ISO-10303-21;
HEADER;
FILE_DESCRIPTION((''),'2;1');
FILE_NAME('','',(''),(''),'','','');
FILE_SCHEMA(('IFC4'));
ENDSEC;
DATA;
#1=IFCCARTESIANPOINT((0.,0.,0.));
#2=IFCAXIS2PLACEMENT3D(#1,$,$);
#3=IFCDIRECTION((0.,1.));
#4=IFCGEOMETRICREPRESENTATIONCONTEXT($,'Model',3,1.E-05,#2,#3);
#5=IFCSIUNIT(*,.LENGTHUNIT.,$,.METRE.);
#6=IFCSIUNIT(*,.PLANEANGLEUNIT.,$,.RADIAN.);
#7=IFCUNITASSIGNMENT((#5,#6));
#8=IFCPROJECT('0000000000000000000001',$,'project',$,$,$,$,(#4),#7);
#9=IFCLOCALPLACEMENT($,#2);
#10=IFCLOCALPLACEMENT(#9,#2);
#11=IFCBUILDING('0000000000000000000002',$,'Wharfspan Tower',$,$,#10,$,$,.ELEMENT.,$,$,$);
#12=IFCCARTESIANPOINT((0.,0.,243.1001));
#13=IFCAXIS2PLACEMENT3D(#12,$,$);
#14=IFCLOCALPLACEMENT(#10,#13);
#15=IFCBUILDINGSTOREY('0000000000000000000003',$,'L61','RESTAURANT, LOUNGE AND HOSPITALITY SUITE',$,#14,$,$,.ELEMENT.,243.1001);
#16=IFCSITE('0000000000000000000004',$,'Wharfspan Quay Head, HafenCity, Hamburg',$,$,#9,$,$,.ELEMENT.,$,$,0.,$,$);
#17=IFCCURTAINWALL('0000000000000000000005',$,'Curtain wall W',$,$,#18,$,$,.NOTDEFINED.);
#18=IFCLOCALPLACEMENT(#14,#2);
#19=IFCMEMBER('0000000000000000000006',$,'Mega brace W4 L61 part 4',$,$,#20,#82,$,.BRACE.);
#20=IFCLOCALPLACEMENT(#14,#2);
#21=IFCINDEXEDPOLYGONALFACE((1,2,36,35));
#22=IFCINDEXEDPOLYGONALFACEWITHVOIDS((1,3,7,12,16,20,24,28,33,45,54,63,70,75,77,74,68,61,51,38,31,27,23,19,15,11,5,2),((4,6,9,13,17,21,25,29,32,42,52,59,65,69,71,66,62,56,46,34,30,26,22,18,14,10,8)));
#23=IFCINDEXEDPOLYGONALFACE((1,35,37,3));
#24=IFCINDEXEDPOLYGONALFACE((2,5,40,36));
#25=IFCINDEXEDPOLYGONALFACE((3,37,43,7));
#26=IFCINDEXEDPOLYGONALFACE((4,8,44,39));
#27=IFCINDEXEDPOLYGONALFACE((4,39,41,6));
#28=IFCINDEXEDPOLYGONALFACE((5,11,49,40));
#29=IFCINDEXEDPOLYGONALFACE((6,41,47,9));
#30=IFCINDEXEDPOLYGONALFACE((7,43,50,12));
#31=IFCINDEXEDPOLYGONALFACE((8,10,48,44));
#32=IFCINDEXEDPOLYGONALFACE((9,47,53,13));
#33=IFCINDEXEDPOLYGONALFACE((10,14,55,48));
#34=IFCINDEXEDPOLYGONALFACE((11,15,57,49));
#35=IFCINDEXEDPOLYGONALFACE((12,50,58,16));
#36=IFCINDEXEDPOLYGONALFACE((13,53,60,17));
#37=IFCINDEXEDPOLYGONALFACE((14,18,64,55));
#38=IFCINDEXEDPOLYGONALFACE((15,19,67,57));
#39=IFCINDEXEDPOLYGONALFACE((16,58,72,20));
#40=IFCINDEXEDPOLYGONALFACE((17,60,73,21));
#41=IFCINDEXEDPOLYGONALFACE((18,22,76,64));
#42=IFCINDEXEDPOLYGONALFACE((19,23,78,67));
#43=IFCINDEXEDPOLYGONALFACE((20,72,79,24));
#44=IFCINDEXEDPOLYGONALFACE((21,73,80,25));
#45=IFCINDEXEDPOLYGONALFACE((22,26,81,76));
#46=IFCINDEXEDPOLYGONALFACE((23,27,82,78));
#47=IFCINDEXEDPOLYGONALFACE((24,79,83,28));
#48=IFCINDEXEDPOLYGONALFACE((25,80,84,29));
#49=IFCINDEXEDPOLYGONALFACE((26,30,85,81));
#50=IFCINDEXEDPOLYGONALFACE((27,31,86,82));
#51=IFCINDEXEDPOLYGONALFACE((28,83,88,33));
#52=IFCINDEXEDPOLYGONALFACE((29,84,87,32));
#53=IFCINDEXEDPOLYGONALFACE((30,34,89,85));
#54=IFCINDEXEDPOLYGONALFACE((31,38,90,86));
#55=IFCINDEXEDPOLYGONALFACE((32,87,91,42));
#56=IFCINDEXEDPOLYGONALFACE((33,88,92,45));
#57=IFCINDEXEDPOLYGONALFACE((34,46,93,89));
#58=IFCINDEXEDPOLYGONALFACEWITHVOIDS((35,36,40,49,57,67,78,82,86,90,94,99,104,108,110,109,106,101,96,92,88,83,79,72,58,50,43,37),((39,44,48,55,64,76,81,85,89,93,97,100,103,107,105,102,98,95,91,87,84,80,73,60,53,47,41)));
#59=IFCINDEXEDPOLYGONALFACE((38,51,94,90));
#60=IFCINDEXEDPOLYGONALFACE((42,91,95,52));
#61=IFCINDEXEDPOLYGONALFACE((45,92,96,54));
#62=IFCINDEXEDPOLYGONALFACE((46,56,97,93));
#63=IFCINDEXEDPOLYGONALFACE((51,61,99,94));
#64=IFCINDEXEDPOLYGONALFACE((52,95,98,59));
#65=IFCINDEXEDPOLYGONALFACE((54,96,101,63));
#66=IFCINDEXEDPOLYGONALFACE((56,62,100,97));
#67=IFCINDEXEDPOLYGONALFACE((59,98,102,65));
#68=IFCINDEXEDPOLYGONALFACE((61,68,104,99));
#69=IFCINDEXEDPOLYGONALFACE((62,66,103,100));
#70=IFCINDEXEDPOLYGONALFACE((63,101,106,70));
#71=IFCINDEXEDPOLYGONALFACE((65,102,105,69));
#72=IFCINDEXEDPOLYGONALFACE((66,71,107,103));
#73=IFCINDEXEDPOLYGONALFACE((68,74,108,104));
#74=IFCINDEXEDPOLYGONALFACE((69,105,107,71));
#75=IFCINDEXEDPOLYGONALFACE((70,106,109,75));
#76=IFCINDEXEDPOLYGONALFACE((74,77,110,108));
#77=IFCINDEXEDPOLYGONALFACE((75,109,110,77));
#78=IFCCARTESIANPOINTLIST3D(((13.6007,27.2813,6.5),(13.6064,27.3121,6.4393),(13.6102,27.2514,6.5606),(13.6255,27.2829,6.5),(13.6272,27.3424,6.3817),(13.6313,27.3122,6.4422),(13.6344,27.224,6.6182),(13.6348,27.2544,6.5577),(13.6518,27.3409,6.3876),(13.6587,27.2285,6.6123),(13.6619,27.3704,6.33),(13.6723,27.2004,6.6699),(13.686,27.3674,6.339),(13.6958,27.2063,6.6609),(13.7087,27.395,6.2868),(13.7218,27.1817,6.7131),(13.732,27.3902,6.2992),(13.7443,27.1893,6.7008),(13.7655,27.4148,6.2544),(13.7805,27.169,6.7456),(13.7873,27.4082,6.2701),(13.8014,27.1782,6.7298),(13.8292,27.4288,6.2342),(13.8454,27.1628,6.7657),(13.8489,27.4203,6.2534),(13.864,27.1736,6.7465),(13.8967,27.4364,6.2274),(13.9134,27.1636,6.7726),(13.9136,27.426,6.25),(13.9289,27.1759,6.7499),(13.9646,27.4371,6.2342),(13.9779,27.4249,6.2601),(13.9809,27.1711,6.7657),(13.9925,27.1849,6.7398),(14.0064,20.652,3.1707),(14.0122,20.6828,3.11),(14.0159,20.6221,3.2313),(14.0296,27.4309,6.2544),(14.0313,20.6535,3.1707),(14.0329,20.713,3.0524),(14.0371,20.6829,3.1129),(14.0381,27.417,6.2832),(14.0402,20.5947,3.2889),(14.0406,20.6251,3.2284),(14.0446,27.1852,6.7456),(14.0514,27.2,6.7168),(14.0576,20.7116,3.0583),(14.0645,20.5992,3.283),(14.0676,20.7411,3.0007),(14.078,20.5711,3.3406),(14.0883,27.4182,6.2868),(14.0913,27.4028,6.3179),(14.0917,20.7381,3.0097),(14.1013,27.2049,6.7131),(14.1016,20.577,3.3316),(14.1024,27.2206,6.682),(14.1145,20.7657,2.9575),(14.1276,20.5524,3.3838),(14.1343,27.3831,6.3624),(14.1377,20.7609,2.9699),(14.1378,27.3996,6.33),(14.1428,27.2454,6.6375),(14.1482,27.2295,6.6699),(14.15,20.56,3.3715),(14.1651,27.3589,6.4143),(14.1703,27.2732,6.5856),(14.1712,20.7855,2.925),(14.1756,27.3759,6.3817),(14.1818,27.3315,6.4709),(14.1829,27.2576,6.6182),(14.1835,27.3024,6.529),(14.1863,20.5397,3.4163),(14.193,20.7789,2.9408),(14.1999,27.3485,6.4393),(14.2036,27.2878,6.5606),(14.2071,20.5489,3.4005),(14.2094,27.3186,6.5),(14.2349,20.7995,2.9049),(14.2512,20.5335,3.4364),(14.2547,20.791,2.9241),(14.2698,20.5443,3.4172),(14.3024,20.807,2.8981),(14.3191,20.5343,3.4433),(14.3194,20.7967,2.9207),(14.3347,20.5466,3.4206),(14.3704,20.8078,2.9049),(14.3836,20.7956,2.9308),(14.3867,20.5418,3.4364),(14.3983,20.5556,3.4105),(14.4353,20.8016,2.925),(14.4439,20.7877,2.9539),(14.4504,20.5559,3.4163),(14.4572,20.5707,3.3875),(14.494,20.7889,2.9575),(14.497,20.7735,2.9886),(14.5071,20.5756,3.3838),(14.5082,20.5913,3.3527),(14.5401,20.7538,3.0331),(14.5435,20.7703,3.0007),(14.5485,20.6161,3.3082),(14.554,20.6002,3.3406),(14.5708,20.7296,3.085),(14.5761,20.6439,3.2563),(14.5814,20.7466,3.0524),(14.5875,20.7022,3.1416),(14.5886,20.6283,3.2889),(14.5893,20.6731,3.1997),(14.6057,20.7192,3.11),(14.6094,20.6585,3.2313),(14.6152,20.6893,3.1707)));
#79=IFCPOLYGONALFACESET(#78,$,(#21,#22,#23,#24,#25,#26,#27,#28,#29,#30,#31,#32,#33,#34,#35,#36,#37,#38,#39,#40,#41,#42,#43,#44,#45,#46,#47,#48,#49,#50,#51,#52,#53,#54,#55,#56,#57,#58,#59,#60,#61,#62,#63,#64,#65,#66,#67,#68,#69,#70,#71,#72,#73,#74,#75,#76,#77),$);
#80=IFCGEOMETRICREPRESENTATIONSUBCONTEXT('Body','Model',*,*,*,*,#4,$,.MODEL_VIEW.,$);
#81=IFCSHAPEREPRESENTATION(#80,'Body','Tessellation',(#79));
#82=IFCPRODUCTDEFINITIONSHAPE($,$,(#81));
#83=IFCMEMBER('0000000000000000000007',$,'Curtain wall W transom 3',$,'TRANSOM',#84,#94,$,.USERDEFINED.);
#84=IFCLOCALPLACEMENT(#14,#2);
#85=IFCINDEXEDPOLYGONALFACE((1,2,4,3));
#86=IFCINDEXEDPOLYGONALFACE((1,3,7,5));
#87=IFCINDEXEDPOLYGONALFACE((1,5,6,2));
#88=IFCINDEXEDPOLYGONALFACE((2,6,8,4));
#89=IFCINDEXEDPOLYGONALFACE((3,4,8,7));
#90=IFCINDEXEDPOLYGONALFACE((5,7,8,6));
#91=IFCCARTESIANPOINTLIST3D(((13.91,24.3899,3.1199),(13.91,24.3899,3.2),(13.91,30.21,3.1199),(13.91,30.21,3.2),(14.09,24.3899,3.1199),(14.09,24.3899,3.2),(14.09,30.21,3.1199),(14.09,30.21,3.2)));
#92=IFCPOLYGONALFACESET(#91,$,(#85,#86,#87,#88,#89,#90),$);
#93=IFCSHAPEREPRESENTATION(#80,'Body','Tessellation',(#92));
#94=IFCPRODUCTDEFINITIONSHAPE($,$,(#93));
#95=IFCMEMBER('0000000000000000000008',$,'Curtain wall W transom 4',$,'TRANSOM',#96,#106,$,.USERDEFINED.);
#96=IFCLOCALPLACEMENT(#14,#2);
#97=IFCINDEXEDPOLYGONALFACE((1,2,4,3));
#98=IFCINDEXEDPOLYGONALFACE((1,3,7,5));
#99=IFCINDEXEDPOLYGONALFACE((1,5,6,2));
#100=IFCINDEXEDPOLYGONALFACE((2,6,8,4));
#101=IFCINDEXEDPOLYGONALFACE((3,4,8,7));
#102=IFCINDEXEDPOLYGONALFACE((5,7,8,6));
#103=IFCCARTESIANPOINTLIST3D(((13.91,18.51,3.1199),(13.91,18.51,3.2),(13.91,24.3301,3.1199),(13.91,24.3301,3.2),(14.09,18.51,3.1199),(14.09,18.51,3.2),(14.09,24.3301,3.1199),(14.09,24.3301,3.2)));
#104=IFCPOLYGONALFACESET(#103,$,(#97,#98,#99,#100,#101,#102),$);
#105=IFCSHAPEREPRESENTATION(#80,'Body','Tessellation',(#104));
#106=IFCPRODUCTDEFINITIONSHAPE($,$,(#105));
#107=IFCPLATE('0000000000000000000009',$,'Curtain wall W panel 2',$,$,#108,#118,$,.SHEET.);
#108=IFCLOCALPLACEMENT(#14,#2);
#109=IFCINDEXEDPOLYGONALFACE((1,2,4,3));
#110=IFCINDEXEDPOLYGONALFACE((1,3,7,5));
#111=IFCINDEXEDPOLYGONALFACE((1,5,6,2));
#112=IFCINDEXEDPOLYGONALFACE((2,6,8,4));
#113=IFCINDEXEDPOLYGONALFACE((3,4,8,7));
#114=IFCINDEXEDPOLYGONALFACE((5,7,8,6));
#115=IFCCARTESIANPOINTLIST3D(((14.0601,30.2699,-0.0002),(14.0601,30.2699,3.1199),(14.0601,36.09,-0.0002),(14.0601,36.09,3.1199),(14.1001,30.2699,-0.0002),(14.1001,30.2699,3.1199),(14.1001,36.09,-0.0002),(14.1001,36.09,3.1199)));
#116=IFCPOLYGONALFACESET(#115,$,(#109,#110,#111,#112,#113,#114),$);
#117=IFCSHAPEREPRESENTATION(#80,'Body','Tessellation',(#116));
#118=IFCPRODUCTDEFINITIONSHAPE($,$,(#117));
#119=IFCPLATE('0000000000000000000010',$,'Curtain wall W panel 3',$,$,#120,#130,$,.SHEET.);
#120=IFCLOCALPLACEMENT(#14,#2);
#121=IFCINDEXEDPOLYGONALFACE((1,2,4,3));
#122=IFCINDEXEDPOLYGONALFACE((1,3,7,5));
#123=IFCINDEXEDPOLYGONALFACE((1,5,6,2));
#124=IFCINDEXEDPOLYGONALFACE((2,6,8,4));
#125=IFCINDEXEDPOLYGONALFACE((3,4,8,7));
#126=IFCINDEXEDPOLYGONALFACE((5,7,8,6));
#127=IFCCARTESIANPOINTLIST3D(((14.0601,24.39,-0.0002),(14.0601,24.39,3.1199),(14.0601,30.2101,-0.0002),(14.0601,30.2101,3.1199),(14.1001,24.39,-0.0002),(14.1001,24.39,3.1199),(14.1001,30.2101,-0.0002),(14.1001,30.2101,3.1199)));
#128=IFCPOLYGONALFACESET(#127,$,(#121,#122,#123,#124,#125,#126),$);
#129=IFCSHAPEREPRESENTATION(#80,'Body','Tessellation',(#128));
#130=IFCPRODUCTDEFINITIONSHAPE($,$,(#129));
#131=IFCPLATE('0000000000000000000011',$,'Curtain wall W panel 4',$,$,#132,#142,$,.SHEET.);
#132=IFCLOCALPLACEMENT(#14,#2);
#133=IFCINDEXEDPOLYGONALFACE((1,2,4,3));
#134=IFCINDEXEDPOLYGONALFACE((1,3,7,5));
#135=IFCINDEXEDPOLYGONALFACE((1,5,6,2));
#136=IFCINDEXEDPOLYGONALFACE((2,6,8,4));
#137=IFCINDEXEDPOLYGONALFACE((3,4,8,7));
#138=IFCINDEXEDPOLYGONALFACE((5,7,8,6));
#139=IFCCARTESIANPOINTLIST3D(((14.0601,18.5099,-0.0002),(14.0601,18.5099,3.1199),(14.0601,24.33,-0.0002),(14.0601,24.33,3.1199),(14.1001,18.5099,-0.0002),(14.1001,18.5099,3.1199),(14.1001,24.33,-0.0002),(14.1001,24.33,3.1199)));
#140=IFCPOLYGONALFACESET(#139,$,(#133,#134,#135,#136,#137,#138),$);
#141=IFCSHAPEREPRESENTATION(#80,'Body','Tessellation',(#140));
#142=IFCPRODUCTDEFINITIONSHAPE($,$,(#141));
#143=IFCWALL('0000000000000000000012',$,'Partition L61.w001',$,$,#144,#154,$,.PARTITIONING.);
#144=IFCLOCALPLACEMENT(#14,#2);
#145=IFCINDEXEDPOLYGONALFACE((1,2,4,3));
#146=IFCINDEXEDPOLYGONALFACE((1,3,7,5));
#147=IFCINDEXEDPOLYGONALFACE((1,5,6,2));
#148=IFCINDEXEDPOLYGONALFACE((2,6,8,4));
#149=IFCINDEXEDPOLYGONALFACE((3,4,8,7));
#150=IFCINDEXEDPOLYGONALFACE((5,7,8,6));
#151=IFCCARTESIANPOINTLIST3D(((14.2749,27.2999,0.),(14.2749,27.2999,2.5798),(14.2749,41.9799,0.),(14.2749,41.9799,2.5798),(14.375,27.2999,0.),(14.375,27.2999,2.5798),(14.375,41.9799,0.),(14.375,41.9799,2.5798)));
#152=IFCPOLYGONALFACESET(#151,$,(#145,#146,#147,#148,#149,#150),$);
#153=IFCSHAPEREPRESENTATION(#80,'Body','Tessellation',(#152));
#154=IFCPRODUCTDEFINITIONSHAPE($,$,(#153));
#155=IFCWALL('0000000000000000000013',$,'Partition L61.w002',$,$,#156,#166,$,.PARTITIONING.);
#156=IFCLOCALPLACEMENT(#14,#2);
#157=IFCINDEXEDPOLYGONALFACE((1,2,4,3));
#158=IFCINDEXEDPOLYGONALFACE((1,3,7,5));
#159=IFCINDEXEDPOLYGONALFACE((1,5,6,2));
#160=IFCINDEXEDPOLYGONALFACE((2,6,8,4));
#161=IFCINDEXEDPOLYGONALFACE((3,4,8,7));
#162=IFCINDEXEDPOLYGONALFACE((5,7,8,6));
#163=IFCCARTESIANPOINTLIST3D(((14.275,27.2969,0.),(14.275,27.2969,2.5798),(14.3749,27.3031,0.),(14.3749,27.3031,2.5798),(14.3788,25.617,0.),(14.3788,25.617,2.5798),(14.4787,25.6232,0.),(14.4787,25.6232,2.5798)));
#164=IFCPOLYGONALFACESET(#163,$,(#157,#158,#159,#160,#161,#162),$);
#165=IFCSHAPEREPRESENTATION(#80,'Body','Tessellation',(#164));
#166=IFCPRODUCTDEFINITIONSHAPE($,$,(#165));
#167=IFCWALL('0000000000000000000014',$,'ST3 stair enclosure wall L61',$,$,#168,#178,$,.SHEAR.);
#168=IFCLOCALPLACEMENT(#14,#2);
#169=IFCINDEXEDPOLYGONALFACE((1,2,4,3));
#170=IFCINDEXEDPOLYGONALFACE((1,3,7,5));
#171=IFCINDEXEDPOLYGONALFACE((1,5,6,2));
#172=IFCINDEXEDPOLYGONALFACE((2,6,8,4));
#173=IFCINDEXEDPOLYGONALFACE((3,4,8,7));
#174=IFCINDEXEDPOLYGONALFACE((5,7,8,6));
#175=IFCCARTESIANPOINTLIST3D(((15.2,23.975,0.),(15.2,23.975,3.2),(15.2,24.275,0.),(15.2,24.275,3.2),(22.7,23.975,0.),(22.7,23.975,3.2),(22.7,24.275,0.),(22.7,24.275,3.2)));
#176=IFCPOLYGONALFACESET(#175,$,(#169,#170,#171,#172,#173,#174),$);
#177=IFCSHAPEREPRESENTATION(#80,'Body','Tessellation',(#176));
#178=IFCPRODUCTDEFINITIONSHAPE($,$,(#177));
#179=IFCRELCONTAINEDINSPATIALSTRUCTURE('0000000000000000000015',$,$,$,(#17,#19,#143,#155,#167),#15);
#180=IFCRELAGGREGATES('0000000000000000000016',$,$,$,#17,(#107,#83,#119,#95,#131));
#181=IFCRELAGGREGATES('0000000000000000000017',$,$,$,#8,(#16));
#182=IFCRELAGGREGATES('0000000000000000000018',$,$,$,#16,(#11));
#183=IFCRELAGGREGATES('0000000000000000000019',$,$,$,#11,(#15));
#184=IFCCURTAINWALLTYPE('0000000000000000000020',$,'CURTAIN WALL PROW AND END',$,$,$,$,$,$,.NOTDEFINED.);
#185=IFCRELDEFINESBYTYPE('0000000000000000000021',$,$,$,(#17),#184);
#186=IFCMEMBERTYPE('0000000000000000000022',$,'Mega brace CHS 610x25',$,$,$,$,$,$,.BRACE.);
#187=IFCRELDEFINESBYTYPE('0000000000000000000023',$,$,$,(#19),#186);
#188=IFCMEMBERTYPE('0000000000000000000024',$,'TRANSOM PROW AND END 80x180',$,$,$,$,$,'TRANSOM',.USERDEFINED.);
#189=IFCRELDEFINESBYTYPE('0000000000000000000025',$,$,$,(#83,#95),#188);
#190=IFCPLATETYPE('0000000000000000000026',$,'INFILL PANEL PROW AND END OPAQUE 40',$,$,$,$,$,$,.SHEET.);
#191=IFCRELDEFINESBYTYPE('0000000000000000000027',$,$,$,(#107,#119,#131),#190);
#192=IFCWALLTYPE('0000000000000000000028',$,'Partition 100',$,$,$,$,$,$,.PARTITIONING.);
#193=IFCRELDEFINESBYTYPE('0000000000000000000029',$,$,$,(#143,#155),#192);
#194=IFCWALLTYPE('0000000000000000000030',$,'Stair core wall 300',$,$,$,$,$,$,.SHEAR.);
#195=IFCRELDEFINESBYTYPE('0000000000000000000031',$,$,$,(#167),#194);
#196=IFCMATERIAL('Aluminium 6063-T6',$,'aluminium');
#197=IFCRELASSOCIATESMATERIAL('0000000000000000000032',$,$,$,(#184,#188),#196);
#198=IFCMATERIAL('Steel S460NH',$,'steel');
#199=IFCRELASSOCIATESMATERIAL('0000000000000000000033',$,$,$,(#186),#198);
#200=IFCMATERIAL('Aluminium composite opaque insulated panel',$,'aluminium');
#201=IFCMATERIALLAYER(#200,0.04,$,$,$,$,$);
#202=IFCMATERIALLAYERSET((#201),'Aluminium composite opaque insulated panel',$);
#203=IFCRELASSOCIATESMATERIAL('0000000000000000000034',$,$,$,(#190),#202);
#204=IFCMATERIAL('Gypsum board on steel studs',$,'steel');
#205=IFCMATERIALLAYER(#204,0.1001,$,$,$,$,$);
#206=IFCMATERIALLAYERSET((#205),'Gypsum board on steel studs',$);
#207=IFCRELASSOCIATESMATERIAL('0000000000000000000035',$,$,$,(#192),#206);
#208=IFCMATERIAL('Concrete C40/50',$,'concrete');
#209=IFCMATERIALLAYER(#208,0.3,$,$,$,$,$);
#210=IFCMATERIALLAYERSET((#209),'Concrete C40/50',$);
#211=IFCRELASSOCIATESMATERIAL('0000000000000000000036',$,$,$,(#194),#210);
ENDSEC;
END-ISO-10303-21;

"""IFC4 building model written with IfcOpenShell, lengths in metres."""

from ifc_helpers import new_model, si_unit, direction, frame, frame_2d, origin, origin_2d, place, context, subcontext, project, spatial, rectangle, hollow_circle, extrude, material, layer, layer_set, material_profile, profile_set, type_object, element, aggregate, save


model = new_model("IFC4")

# Units and contexts
model_context = context("Model", 3, precision=1e-05, world=origin(), true_north=direction((0.0, 1.0)))
body_context = subcontext(model_context, "Body", "Model", "MODEL_VIEW")
ifc_project = project(units=[si_unit("LENGTHUNIT", "METRE"), si_unit("PLANEANGLEUNIT", "RADIAN")], contexts=[model_context])

# Site, building, storey
site_placement = place(None, origin())
site = spatial("IfcSite", under=ifc_project, at=site_placement, Name="Wharfspan Quay Head, HafenCity, Hamburg", CompositionType="ELEMENT", RefElevation=0.0)
building_placement = place(site_placement, origin())
building = spatial("IfcBuilding", under=site, at=building_placement, Name="Wharfspan Tower", CompositionType="ELEMENT")
storey_placement = place(building_placement, frame((0.0, 0.0, 243.1001)))
storey = spatial("IfcBuildingStorey", under=building, at=storey_placement, Name="L61", Description="RESTAURANT, LOUNGE AND HOSPITALITY SUITE", CompositionType="ELEMENT", Elevation=243.1001)

# Curtain wall
ifc_material_1 = material(Name="Aluminium 6063-T6", Category="aluminium")
curtain_wall_type = type_object("IfcCurtainWallType", Name="CURTAIN WALL PROW AND END", PredefinedType="NOTDEFINED", material=ifc_material_1)
curtain_wall_placement = place(storey_placement, origin())
curtain_wall = element("IfcCurtainWall", 1, at=curtain_wall_placement, inside=storey, type_object=curtain_wall_type, Name="Curtain wall W", PredefinedType="NOTDEFINED")

# Member
ifc_material_2 = material(Name="Steel S460NH", Category="steel")
ifc_material_profile_1 = material_profile(ifc_material_2, hollow_circle(Radius=0.3049, WallThickness=0.0249, at=origin_2d()))
ifc_profile_set_1 = profile_set([ifc_material_profile_1], Name="Steel S460NH")
member_type_1 = type_object("IfcMemberType", Name="Mega brace CHS 610x25", PredefinedType="BRACE", material=ifc_profile_set_1)
member_1_placement = place(storey_placement, frame((14.3108, 20.6707, 3.1707), z_axis=(-0.054615, 0.892302, 0.448123), x_axis=(-0.998132, -0.061091, -0.000003)))
element("IfcMember", 2, at=member_1_placement, inside=storey, type_object=member_type_1, Name="Mega brace W4 L61 part 4", PredefinedType="BRACE", context=body_context, shape_type="SweptSolid", body=[
    extrude(hollow_circle(Radius=0.3049, WallThickness=0.0249, at=origin_2d()), origin(), (0.0, 0.0, 1.0), 7.4294),
])

# Members
ifc_material_profile_2 = material_profile(ifc_material_1, rectangle(XDim=0.1799, YDim=0.0801, at=origin_2d()))
ifc_profile_set_2 = profile_set([ifc_material_profile_2], Name="Aluminium 6063-T6")
member_type_2 = type_object("IfcMemberType", Name="TRANSOM PROW AND END 80x180", ElementType="TRANSOM", PredefinedType="USERDEFINED", material=ifc_profile_set_2)
member_2_placement = place(storey_placement, frame((14.0, 30.21, 3.1599), z_axis=(0.0, -1.0, 0.0), x_axis=(1.0, 0.0, 0.0)))
member_2 = element("IfcMember", 3, at=member_2_placement, type_object=member_type_2, Name="Curtain wall W transom 3", ObjectType="TRANSOM", PredefinedType="USERDEFINED", context=body_context, shape_type="SweptSolid", body=[
    extrude(rectangle(XDim=0.1799, YDim=0.0801, at=origin_2d()), origin(), (0.0, 0.0, 1.0), 5.8201),
])
member_3_placement = place(storey_placement, frame((14.0, 24.3301, 3.1599), z_axis=(0.0, -1.0, 0.0), x_axis=(1.0, 0.0, 0.0)))
member_3 = element("IfcMember", 4, at=member_3_placement, type_object=member_type_2, Name="Curtain wall W transom 4", ObjectType="TRANSOM", PredefinedType="USERDEFINED", context=body_context, shape_type="SweptSolid", body=[
    extrude(rectangle(XDim=0.1799, YDim=0.0801, at=origin_2d()), origin(), (0.0, 0.0, 1.0), 5.8201),
])

# Plates
ifc_material_3 = material(Name="Aluminium composite opaque insulated panel", Category="aluminium")
ifc_layer_1 = layer(ifc_material_3, 0.04)
ifc_layer_set_1 = layer_set([ifc_layer_1], Name="Aluminium composite opaque insulated panel")
plate_type = type_object("IfcPlateType", Name="INFILL PANEL PROW AND END OPAQUE 40", PredefinedType="SHEET", material=ifc_layer_set_1)
plate_1_placement = place(storey_placement, frame((14.0801, 33.1799, -0.0002), z_axis=(0.0, 0.0, 1.0), x_axis=(0.0, -1.0, 0.0)))
plate_1 = element("IfcPlate", 5, at=plate_1_placement, type_object=plate_type, Name="Curtain wall W panel 2", PredefinedType="SHEET", context=body_context, shape_type="SweptSolid", body=[
    extrude(rectangle(XDim=5.8201, YDim=0.04, at=origin_2d()), origin(), (0.0, 0.0, 1.0), 3.1201),
])
plate_2_placement = place(storey_placement, frame((14.0801, 27.3, -0.0002), z_axis=(0.0, 0.0, 1.0), x_axis=(0.0, -1.0, 0.0)))
plate_2 = element("IfcPlate", 6, at=plate_2_placement, type_object=plate_type, Name="Curtain wall W panel 3", PredefinedType="SHEET", context=body_context, shape_type="SweptSolid", body=[
    extrude(rectangle(XDim=5.8201, YDim=0.04, at=origin_2d()), origin(), (0.0, 0.0, 1.0), 3.1201),
])
plate_3_placement = place(storey_placement, frame((14.0801, 21.4199, -0.0002), z_axis=(0.0, 0.0, 1.0), x_axis=(0.0, -1.0, 0.0)))
plate_3 = element("IfcPlate", 7, at=plate_3_placement, type_object=plate_type, Name="Curtain wall W panel 4", PredefinedType="SHEET", context=body_context, shape_type="SweptSolid", body=[
    extrude(rectangle(XDim=5.8201, YDim=0.04, at=origin_2d()), origin(), (0.0, 0.0, 1.0), 3.1201),
])
aggregate(curtain_wall, [plate_1, member_2, plate_2, member_3, plate_3])

# Walls
ifc_material_4 = material(Name="Gypsum board on steel studs", Category="steel")
ifc_layer_2 = layer(ifc_material_4, 0.1001)
ifc_layer_set_2 = layer_set([ifc_layer_2], Name="Gypsum board on steel studs")
wall_type_1 = type_object("IfcWallType", Name="Partition 100", PredefinedType="PARTITIONING", material=ifc_layer_set_2)
wall_1_placement = place(storey_placement, frame((14.325, 27.3, 0.0), z_axis=(0.0, 0.0, 1.0), x_axis=(0.0, 1.0, 0.0)))
element("IfcWall", 8, at=wall_1_placement, inside=storey, type_object=wall_type_1, Name="Partition L61.w001", PredefinedType="PARTITIONING", context=body_context, shape_type="SweptSolid", body=[
    extrude(rectangle(XDim=14.6799, YDim=0.1001, at=frame_2d((7.3398, 0.0))), origin(), (0.0, 0.0, 1.0), 2.5798),
])
wall_2_placement = place(storey_placement, frame((14.4287, 25.6201, 0.0), z_axis=(0.0, 0.0, 1.0), x_axis=(-0.061647, 0.998101, 0.0)))
element("IfcWall", 9, at=wall_2_placement, inside=storey, type_object=wall_type_1, Name="Partition L61.w002", PredefinedType="PARTITIONING", context=body_context, shape_type="SweptSolid", body=[
    extrude(rectangle(XDim=1.6831, YDim=0.1001, at=frame_2d((0.8416, 0.0))), origin(), (0.0, 0.0, 1.0), 2.5798),
])
ifc_material_5 = material(Name="Concrete C40/50", Category="concrete")
ifc_layer_3 = layer(ifc_material_5, 0.3)
ifc_layer_set_3 = layer_set([ifc_layer_3], Name="Concrete C40/50")
wall_type_2 = type_object("IfcWallType", Name="Stair core wall 300", PredefinedType="SHEAR", material=ifc_layer_set_3)
wall_3_placement = place(storey_placement, frame((15.2, 24.125, 0.0), z_axis=(0.0, 0.0, 1.0), x_axis=(1.0, 0.0, 0.0)))
element("IfcWall", 10, at=wall_3_placement, inside=storey, type_object=wall_type_2, Name="ST3 stair enclosure wall L61", PredefinedType="SHEAR", context=body_context, shape_type="SweptSolid", body=[
    extrude(rectangle(XDim=7.5, YDim=0.3, at=frame_2d((3.75, 0.0))), origin(), (0.0, 0.0, 1.0), 3.2),
])

save(model, "model.ifc")
